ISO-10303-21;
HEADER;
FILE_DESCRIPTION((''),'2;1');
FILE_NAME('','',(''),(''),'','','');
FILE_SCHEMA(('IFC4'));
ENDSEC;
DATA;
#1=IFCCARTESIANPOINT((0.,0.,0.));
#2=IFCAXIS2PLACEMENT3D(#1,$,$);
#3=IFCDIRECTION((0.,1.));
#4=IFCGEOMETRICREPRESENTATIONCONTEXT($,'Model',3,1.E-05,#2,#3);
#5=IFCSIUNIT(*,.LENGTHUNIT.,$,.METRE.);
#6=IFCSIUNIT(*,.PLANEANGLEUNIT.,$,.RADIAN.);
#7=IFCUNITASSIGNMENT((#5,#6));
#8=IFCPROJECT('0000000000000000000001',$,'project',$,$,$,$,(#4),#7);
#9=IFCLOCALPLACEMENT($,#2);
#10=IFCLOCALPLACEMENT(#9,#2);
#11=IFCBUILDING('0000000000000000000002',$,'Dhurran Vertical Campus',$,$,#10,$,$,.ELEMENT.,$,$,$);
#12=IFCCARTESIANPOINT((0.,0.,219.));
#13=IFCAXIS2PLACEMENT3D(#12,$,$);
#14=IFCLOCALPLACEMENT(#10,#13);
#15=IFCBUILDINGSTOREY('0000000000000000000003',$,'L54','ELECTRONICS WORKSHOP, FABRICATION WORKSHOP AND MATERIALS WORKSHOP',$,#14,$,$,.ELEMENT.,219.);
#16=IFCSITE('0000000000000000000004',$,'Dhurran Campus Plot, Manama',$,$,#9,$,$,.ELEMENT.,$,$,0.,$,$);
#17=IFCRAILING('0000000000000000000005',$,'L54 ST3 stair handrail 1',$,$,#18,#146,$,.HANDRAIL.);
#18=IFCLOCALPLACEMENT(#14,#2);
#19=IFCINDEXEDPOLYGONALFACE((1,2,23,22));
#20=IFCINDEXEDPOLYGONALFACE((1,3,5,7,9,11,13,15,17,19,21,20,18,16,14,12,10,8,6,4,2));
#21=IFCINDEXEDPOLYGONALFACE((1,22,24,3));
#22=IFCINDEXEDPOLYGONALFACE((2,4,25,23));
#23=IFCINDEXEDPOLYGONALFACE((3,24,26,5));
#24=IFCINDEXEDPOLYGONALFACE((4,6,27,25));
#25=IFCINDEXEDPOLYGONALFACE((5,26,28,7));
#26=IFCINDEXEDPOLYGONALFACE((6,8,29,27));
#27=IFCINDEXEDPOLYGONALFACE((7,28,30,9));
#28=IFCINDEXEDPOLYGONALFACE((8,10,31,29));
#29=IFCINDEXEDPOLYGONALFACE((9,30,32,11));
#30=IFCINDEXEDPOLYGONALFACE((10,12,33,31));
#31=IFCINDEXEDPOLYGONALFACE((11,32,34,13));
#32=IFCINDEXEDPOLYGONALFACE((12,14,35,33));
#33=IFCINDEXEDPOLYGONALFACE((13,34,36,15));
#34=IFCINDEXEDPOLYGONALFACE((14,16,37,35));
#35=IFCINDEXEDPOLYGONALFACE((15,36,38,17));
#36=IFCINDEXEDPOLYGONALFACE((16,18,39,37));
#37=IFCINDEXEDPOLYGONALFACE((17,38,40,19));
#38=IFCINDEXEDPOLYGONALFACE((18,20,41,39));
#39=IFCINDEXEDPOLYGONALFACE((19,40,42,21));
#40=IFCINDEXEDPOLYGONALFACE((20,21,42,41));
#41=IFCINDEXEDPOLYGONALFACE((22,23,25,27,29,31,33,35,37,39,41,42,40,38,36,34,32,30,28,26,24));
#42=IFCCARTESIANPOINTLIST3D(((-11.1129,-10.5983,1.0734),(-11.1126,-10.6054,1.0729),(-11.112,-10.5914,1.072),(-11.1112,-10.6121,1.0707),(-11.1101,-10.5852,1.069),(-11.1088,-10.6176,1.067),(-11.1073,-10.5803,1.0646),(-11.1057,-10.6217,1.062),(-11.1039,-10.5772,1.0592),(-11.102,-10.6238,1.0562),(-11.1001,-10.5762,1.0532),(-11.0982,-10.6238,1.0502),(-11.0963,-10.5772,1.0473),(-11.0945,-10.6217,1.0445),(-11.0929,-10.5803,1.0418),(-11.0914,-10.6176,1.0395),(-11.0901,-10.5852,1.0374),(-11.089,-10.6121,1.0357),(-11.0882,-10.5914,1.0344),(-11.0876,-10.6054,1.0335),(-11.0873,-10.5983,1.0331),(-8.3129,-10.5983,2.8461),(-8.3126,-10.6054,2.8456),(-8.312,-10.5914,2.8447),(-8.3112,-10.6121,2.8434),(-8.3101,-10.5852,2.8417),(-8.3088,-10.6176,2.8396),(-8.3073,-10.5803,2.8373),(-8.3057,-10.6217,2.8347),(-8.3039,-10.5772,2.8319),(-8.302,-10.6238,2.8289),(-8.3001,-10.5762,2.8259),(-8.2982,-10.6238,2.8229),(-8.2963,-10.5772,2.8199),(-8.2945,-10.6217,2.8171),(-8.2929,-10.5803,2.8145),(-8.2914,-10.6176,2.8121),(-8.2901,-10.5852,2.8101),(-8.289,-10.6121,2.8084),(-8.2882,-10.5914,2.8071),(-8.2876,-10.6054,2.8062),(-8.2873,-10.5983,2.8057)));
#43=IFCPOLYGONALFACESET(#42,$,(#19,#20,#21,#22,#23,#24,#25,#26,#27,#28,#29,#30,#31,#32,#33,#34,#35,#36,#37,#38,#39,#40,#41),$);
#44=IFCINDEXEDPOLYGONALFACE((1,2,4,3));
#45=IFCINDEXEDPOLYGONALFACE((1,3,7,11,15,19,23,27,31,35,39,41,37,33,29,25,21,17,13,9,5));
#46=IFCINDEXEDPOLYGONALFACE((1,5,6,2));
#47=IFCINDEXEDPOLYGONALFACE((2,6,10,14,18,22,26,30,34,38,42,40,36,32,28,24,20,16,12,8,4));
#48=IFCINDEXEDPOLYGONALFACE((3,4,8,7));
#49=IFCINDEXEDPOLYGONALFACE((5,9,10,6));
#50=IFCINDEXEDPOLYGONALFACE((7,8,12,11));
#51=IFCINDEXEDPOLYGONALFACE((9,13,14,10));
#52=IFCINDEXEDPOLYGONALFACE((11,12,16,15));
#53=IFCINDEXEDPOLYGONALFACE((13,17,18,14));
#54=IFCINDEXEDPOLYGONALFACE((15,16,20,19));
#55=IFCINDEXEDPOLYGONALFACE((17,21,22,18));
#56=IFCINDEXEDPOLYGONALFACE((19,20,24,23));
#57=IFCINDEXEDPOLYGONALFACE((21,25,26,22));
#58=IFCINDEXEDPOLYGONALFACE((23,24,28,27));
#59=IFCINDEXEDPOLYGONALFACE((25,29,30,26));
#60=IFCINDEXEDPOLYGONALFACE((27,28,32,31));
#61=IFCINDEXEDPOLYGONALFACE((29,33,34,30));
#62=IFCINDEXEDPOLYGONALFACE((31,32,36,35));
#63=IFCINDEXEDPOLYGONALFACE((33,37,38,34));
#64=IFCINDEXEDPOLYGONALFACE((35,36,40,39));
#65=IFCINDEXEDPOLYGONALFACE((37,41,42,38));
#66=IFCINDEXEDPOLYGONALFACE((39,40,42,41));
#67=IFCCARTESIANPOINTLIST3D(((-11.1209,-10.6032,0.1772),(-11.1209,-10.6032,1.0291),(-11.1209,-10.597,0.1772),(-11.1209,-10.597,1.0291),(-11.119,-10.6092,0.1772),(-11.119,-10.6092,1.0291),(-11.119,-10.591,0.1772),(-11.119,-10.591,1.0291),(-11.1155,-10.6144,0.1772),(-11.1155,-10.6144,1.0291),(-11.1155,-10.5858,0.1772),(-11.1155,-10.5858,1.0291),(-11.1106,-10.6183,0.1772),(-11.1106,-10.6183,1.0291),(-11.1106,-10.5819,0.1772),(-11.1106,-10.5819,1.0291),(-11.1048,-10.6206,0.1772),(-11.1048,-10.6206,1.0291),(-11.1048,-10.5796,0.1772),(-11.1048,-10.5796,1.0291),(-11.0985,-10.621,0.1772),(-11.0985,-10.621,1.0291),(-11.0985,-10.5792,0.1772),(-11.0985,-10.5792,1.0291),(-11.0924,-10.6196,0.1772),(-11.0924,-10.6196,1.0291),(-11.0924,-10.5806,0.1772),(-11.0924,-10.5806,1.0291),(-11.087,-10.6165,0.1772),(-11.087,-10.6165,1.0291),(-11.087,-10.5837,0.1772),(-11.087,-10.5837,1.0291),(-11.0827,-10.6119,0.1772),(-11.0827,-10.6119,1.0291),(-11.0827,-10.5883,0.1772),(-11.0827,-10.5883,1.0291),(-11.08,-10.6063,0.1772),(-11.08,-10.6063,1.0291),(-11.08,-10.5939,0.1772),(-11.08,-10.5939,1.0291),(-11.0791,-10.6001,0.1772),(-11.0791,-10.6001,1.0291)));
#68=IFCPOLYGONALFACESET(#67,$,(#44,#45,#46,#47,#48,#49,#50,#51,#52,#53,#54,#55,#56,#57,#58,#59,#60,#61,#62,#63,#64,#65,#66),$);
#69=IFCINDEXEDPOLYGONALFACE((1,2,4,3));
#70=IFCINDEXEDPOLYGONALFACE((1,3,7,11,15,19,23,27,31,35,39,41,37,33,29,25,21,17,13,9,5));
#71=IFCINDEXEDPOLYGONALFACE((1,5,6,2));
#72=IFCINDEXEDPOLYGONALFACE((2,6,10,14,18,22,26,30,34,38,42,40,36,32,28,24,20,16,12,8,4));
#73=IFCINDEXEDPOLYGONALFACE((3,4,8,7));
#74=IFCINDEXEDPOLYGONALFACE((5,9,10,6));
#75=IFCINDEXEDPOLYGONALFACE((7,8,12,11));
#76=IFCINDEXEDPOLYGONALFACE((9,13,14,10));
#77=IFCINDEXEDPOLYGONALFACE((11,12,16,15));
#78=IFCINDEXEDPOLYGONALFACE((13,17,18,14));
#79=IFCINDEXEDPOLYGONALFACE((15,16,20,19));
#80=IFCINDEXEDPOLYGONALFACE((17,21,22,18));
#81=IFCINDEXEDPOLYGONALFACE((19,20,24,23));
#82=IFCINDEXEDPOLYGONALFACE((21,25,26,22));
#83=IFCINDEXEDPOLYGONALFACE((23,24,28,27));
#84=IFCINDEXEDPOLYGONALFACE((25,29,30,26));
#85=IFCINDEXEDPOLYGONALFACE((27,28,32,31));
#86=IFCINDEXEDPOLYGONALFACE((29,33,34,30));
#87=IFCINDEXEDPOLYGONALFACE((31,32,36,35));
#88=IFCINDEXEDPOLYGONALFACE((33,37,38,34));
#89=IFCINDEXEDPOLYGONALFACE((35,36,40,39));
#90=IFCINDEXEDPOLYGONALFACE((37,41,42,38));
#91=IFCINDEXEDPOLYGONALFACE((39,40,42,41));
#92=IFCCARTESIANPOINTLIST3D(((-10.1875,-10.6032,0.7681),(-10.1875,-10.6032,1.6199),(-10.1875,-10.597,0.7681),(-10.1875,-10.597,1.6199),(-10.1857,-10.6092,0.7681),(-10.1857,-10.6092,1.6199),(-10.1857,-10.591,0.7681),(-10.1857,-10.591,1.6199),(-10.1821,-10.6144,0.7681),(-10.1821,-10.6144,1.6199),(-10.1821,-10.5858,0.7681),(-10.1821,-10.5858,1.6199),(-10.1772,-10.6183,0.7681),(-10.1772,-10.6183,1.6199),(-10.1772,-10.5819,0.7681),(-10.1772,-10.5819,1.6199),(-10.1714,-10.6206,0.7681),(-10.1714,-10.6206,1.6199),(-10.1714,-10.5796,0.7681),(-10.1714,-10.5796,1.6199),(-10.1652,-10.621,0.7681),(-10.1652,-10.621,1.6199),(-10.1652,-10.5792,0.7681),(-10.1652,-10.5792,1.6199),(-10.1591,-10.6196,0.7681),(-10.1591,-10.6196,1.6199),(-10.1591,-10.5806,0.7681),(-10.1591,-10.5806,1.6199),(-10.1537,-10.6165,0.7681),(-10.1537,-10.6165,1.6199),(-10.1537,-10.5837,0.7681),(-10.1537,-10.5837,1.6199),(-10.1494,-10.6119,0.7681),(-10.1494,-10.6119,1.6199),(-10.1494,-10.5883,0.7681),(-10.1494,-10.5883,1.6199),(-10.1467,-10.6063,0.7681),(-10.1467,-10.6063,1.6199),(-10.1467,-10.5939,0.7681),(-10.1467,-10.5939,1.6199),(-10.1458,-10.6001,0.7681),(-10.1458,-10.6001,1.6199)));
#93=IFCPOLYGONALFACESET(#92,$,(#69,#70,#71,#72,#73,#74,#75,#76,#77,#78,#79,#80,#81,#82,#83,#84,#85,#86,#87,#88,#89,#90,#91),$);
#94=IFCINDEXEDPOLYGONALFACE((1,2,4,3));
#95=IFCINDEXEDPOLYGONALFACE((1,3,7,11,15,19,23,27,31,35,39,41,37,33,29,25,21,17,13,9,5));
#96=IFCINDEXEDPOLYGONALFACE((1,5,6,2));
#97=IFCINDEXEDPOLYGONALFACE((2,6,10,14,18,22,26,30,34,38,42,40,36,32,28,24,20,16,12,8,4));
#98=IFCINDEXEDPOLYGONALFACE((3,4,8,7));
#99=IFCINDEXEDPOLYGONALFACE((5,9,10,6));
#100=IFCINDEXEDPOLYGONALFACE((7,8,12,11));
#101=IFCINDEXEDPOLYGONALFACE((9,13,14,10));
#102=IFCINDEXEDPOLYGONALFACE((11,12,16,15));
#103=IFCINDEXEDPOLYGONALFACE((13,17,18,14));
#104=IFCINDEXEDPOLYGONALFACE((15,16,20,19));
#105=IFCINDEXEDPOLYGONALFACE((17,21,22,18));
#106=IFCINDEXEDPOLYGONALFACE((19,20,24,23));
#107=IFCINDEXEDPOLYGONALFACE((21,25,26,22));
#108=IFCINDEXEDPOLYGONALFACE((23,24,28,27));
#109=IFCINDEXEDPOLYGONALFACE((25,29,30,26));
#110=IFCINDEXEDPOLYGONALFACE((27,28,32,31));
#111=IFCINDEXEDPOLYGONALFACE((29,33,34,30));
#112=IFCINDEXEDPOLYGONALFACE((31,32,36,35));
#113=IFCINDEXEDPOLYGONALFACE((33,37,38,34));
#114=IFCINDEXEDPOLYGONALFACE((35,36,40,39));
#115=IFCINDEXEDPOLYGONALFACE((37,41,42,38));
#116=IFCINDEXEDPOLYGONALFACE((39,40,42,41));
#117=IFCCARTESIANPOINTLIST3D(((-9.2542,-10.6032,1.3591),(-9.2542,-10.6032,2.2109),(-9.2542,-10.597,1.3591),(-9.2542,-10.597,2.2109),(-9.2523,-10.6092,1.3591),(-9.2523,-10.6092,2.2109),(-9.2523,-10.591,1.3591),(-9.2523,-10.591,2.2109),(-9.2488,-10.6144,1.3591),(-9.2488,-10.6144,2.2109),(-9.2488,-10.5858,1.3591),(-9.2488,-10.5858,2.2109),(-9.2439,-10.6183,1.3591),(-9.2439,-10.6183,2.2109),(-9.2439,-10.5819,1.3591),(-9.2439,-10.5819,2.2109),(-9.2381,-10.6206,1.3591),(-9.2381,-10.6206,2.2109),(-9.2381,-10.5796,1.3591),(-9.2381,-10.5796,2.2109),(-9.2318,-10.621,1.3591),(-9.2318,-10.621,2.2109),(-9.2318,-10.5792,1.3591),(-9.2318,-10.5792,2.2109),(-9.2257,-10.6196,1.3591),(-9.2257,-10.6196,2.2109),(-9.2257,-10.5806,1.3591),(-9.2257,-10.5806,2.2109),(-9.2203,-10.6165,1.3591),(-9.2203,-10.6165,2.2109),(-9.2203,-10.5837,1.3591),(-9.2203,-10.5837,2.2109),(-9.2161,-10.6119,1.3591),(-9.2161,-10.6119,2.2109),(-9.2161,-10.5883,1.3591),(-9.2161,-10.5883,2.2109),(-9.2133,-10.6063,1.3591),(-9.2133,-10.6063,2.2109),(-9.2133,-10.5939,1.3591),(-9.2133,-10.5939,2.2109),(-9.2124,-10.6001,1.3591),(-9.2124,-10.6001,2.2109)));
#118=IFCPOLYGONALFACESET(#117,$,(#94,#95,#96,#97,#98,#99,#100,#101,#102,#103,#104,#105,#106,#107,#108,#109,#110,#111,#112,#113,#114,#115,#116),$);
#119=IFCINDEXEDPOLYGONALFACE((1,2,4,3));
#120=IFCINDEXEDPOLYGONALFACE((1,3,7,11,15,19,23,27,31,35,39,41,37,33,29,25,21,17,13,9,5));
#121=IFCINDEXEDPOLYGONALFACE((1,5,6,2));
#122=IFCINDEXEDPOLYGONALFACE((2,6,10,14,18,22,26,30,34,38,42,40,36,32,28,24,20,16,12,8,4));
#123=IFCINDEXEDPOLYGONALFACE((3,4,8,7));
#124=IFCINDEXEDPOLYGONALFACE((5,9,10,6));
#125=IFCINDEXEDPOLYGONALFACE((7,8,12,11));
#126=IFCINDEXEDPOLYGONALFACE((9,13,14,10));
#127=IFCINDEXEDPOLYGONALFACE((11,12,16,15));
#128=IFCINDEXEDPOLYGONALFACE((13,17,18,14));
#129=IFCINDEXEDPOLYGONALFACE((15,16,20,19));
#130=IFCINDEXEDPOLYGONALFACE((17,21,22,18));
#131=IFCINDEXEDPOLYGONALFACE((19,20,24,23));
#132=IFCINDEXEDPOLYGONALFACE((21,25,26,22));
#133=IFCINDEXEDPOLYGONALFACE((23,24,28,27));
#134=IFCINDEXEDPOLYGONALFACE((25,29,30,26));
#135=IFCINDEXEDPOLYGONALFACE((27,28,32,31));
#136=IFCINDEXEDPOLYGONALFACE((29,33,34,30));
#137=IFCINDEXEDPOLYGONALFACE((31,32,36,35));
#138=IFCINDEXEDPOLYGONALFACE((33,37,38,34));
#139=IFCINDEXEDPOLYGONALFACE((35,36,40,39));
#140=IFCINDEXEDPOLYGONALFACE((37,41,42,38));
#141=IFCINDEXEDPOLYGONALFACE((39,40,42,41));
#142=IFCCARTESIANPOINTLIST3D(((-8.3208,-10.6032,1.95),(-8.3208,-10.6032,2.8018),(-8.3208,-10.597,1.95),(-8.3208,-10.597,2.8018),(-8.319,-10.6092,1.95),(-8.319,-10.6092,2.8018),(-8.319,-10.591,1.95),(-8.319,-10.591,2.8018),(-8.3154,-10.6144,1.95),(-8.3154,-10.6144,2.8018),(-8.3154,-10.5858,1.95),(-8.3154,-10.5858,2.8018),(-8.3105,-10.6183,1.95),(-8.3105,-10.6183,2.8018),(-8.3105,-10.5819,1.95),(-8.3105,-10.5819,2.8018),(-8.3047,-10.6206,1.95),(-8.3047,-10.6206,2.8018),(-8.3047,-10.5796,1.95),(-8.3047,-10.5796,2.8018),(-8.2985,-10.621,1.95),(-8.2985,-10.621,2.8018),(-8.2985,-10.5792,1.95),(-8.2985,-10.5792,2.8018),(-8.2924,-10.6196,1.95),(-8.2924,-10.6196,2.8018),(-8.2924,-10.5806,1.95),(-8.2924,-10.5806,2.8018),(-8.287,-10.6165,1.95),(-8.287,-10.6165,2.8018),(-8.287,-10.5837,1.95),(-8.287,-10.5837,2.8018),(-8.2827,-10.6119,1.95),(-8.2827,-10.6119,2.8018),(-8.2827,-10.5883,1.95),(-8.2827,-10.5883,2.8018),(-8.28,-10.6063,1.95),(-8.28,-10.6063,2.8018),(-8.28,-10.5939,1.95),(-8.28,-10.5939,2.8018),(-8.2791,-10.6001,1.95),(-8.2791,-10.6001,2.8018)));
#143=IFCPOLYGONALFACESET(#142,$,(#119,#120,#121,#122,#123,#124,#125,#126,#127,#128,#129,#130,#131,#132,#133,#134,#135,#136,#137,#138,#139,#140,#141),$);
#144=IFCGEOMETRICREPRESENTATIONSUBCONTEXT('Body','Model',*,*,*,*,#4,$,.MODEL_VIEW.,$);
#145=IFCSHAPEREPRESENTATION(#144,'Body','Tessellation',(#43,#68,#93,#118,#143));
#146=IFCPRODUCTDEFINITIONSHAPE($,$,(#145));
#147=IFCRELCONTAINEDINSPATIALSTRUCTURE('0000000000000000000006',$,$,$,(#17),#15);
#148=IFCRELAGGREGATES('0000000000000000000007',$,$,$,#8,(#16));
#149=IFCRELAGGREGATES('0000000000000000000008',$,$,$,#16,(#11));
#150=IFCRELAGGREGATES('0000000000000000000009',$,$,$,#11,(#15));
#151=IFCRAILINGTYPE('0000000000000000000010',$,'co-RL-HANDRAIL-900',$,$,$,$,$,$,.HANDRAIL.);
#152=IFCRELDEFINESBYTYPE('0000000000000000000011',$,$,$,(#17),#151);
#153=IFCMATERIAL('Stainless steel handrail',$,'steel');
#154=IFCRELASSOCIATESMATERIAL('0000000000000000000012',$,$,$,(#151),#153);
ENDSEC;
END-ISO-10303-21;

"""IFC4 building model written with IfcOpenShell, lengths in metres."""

from ifc_helpers import new_model, si_unit, direction, frame, origin, origin_2d, place, context, subcontext, project, spatial, circle, extrude, material, type_object, element, save


model = new_model("IFC4")

# Units and contexts
model_context = context("Model", 3, precision=1e-05, world=origin(), true_north=direction((0.0, 1.0)))
body_context = subcontext(model_context, "Body", "Model", "MODEL_VIEW")
ifc_project = project(units=[si_unit("LENGTHUNIT", "METRE"), si_unit("PLANEANGLEUNIT", "RADIAN")], contexts=[model_context])

# Site, building, storey
site_placement = place(None, origin())
site = spatial("IfcSite", under=ifc_project, at=site_placement, Name="Dhurran Campus Plot, Manama", CompositionType="ELEMENT", RefElevation=0.0)
building_placement = place(site_placement, origin())
building = spatial("IfcBuilding", under=site, at=building_placement, Name="Dhurran Vertical Campus", CompositionType="ELEMENT")
storey_placement = place(building_placement, frame((0.0, 0.0, 219.0)))
storey = spatial("IfcBuildingStorey", under=building, at=storey_placement, Name="L54", Description="ELECTRONICS WORKSHOP, FABRICATION WORKSHOP AND MATERIALS WORKSHOP", CompositionType="ELEMENT", Elevation=219.0)

# Railing
ifc_material_1 = material(Name="Stainless steel handrail", Category="steel")
railing_type_1 = type_object("IfcRailingType", Name="co-RL-HANDRAIL-900", PredefinedType="HANDRAIL", material=ifc_material_1)
railing_1_placement = place(storey_placement, frame((-11.1001, -10.6001, 0.1772)))
element("IfcRailing", 1, at=railing_1_placement, inside=storey, type_object=railing_type_1, Name="L54 ST3 stair handrail 1", PredefinedType="HANDRAIL", context=body_context, shape_type="SweptSolid", body=[
    extrude(circle(Radius=0.0239, at=origin_2d()), frame((0.0, 0.0, 0.876), z_axis=(0.844909, 0.0, 0.53491), x_axis=(0.0, 1.0, 0.0)), (0.0, 0.0, 1.0), 3.314),
    extrude(circle(Radius=0.021, at=origin_2d()), origin(), (0.0, 0.0, 1.0), 0.8518),
    extrude(circle(Radius=0.021, at=origin_2d()), frame((0.9333, 0.0, 0.5908)), (0.0, 0.0, 1.0), 0.8518),
    extrude(circle(Radius=0.021, at=origin_2d()), frame((1.8667, 0.0, 1.1819)), (0.0, 0.0, 1.0), 0.8518),
    extrude(circle(Radius=0.021, at=origin_2d()), frame((2.8, 0.0, 1.7727)), (0.0, 0.0, 1.0), 0.8518),
])

save(model, "model.ifc")
